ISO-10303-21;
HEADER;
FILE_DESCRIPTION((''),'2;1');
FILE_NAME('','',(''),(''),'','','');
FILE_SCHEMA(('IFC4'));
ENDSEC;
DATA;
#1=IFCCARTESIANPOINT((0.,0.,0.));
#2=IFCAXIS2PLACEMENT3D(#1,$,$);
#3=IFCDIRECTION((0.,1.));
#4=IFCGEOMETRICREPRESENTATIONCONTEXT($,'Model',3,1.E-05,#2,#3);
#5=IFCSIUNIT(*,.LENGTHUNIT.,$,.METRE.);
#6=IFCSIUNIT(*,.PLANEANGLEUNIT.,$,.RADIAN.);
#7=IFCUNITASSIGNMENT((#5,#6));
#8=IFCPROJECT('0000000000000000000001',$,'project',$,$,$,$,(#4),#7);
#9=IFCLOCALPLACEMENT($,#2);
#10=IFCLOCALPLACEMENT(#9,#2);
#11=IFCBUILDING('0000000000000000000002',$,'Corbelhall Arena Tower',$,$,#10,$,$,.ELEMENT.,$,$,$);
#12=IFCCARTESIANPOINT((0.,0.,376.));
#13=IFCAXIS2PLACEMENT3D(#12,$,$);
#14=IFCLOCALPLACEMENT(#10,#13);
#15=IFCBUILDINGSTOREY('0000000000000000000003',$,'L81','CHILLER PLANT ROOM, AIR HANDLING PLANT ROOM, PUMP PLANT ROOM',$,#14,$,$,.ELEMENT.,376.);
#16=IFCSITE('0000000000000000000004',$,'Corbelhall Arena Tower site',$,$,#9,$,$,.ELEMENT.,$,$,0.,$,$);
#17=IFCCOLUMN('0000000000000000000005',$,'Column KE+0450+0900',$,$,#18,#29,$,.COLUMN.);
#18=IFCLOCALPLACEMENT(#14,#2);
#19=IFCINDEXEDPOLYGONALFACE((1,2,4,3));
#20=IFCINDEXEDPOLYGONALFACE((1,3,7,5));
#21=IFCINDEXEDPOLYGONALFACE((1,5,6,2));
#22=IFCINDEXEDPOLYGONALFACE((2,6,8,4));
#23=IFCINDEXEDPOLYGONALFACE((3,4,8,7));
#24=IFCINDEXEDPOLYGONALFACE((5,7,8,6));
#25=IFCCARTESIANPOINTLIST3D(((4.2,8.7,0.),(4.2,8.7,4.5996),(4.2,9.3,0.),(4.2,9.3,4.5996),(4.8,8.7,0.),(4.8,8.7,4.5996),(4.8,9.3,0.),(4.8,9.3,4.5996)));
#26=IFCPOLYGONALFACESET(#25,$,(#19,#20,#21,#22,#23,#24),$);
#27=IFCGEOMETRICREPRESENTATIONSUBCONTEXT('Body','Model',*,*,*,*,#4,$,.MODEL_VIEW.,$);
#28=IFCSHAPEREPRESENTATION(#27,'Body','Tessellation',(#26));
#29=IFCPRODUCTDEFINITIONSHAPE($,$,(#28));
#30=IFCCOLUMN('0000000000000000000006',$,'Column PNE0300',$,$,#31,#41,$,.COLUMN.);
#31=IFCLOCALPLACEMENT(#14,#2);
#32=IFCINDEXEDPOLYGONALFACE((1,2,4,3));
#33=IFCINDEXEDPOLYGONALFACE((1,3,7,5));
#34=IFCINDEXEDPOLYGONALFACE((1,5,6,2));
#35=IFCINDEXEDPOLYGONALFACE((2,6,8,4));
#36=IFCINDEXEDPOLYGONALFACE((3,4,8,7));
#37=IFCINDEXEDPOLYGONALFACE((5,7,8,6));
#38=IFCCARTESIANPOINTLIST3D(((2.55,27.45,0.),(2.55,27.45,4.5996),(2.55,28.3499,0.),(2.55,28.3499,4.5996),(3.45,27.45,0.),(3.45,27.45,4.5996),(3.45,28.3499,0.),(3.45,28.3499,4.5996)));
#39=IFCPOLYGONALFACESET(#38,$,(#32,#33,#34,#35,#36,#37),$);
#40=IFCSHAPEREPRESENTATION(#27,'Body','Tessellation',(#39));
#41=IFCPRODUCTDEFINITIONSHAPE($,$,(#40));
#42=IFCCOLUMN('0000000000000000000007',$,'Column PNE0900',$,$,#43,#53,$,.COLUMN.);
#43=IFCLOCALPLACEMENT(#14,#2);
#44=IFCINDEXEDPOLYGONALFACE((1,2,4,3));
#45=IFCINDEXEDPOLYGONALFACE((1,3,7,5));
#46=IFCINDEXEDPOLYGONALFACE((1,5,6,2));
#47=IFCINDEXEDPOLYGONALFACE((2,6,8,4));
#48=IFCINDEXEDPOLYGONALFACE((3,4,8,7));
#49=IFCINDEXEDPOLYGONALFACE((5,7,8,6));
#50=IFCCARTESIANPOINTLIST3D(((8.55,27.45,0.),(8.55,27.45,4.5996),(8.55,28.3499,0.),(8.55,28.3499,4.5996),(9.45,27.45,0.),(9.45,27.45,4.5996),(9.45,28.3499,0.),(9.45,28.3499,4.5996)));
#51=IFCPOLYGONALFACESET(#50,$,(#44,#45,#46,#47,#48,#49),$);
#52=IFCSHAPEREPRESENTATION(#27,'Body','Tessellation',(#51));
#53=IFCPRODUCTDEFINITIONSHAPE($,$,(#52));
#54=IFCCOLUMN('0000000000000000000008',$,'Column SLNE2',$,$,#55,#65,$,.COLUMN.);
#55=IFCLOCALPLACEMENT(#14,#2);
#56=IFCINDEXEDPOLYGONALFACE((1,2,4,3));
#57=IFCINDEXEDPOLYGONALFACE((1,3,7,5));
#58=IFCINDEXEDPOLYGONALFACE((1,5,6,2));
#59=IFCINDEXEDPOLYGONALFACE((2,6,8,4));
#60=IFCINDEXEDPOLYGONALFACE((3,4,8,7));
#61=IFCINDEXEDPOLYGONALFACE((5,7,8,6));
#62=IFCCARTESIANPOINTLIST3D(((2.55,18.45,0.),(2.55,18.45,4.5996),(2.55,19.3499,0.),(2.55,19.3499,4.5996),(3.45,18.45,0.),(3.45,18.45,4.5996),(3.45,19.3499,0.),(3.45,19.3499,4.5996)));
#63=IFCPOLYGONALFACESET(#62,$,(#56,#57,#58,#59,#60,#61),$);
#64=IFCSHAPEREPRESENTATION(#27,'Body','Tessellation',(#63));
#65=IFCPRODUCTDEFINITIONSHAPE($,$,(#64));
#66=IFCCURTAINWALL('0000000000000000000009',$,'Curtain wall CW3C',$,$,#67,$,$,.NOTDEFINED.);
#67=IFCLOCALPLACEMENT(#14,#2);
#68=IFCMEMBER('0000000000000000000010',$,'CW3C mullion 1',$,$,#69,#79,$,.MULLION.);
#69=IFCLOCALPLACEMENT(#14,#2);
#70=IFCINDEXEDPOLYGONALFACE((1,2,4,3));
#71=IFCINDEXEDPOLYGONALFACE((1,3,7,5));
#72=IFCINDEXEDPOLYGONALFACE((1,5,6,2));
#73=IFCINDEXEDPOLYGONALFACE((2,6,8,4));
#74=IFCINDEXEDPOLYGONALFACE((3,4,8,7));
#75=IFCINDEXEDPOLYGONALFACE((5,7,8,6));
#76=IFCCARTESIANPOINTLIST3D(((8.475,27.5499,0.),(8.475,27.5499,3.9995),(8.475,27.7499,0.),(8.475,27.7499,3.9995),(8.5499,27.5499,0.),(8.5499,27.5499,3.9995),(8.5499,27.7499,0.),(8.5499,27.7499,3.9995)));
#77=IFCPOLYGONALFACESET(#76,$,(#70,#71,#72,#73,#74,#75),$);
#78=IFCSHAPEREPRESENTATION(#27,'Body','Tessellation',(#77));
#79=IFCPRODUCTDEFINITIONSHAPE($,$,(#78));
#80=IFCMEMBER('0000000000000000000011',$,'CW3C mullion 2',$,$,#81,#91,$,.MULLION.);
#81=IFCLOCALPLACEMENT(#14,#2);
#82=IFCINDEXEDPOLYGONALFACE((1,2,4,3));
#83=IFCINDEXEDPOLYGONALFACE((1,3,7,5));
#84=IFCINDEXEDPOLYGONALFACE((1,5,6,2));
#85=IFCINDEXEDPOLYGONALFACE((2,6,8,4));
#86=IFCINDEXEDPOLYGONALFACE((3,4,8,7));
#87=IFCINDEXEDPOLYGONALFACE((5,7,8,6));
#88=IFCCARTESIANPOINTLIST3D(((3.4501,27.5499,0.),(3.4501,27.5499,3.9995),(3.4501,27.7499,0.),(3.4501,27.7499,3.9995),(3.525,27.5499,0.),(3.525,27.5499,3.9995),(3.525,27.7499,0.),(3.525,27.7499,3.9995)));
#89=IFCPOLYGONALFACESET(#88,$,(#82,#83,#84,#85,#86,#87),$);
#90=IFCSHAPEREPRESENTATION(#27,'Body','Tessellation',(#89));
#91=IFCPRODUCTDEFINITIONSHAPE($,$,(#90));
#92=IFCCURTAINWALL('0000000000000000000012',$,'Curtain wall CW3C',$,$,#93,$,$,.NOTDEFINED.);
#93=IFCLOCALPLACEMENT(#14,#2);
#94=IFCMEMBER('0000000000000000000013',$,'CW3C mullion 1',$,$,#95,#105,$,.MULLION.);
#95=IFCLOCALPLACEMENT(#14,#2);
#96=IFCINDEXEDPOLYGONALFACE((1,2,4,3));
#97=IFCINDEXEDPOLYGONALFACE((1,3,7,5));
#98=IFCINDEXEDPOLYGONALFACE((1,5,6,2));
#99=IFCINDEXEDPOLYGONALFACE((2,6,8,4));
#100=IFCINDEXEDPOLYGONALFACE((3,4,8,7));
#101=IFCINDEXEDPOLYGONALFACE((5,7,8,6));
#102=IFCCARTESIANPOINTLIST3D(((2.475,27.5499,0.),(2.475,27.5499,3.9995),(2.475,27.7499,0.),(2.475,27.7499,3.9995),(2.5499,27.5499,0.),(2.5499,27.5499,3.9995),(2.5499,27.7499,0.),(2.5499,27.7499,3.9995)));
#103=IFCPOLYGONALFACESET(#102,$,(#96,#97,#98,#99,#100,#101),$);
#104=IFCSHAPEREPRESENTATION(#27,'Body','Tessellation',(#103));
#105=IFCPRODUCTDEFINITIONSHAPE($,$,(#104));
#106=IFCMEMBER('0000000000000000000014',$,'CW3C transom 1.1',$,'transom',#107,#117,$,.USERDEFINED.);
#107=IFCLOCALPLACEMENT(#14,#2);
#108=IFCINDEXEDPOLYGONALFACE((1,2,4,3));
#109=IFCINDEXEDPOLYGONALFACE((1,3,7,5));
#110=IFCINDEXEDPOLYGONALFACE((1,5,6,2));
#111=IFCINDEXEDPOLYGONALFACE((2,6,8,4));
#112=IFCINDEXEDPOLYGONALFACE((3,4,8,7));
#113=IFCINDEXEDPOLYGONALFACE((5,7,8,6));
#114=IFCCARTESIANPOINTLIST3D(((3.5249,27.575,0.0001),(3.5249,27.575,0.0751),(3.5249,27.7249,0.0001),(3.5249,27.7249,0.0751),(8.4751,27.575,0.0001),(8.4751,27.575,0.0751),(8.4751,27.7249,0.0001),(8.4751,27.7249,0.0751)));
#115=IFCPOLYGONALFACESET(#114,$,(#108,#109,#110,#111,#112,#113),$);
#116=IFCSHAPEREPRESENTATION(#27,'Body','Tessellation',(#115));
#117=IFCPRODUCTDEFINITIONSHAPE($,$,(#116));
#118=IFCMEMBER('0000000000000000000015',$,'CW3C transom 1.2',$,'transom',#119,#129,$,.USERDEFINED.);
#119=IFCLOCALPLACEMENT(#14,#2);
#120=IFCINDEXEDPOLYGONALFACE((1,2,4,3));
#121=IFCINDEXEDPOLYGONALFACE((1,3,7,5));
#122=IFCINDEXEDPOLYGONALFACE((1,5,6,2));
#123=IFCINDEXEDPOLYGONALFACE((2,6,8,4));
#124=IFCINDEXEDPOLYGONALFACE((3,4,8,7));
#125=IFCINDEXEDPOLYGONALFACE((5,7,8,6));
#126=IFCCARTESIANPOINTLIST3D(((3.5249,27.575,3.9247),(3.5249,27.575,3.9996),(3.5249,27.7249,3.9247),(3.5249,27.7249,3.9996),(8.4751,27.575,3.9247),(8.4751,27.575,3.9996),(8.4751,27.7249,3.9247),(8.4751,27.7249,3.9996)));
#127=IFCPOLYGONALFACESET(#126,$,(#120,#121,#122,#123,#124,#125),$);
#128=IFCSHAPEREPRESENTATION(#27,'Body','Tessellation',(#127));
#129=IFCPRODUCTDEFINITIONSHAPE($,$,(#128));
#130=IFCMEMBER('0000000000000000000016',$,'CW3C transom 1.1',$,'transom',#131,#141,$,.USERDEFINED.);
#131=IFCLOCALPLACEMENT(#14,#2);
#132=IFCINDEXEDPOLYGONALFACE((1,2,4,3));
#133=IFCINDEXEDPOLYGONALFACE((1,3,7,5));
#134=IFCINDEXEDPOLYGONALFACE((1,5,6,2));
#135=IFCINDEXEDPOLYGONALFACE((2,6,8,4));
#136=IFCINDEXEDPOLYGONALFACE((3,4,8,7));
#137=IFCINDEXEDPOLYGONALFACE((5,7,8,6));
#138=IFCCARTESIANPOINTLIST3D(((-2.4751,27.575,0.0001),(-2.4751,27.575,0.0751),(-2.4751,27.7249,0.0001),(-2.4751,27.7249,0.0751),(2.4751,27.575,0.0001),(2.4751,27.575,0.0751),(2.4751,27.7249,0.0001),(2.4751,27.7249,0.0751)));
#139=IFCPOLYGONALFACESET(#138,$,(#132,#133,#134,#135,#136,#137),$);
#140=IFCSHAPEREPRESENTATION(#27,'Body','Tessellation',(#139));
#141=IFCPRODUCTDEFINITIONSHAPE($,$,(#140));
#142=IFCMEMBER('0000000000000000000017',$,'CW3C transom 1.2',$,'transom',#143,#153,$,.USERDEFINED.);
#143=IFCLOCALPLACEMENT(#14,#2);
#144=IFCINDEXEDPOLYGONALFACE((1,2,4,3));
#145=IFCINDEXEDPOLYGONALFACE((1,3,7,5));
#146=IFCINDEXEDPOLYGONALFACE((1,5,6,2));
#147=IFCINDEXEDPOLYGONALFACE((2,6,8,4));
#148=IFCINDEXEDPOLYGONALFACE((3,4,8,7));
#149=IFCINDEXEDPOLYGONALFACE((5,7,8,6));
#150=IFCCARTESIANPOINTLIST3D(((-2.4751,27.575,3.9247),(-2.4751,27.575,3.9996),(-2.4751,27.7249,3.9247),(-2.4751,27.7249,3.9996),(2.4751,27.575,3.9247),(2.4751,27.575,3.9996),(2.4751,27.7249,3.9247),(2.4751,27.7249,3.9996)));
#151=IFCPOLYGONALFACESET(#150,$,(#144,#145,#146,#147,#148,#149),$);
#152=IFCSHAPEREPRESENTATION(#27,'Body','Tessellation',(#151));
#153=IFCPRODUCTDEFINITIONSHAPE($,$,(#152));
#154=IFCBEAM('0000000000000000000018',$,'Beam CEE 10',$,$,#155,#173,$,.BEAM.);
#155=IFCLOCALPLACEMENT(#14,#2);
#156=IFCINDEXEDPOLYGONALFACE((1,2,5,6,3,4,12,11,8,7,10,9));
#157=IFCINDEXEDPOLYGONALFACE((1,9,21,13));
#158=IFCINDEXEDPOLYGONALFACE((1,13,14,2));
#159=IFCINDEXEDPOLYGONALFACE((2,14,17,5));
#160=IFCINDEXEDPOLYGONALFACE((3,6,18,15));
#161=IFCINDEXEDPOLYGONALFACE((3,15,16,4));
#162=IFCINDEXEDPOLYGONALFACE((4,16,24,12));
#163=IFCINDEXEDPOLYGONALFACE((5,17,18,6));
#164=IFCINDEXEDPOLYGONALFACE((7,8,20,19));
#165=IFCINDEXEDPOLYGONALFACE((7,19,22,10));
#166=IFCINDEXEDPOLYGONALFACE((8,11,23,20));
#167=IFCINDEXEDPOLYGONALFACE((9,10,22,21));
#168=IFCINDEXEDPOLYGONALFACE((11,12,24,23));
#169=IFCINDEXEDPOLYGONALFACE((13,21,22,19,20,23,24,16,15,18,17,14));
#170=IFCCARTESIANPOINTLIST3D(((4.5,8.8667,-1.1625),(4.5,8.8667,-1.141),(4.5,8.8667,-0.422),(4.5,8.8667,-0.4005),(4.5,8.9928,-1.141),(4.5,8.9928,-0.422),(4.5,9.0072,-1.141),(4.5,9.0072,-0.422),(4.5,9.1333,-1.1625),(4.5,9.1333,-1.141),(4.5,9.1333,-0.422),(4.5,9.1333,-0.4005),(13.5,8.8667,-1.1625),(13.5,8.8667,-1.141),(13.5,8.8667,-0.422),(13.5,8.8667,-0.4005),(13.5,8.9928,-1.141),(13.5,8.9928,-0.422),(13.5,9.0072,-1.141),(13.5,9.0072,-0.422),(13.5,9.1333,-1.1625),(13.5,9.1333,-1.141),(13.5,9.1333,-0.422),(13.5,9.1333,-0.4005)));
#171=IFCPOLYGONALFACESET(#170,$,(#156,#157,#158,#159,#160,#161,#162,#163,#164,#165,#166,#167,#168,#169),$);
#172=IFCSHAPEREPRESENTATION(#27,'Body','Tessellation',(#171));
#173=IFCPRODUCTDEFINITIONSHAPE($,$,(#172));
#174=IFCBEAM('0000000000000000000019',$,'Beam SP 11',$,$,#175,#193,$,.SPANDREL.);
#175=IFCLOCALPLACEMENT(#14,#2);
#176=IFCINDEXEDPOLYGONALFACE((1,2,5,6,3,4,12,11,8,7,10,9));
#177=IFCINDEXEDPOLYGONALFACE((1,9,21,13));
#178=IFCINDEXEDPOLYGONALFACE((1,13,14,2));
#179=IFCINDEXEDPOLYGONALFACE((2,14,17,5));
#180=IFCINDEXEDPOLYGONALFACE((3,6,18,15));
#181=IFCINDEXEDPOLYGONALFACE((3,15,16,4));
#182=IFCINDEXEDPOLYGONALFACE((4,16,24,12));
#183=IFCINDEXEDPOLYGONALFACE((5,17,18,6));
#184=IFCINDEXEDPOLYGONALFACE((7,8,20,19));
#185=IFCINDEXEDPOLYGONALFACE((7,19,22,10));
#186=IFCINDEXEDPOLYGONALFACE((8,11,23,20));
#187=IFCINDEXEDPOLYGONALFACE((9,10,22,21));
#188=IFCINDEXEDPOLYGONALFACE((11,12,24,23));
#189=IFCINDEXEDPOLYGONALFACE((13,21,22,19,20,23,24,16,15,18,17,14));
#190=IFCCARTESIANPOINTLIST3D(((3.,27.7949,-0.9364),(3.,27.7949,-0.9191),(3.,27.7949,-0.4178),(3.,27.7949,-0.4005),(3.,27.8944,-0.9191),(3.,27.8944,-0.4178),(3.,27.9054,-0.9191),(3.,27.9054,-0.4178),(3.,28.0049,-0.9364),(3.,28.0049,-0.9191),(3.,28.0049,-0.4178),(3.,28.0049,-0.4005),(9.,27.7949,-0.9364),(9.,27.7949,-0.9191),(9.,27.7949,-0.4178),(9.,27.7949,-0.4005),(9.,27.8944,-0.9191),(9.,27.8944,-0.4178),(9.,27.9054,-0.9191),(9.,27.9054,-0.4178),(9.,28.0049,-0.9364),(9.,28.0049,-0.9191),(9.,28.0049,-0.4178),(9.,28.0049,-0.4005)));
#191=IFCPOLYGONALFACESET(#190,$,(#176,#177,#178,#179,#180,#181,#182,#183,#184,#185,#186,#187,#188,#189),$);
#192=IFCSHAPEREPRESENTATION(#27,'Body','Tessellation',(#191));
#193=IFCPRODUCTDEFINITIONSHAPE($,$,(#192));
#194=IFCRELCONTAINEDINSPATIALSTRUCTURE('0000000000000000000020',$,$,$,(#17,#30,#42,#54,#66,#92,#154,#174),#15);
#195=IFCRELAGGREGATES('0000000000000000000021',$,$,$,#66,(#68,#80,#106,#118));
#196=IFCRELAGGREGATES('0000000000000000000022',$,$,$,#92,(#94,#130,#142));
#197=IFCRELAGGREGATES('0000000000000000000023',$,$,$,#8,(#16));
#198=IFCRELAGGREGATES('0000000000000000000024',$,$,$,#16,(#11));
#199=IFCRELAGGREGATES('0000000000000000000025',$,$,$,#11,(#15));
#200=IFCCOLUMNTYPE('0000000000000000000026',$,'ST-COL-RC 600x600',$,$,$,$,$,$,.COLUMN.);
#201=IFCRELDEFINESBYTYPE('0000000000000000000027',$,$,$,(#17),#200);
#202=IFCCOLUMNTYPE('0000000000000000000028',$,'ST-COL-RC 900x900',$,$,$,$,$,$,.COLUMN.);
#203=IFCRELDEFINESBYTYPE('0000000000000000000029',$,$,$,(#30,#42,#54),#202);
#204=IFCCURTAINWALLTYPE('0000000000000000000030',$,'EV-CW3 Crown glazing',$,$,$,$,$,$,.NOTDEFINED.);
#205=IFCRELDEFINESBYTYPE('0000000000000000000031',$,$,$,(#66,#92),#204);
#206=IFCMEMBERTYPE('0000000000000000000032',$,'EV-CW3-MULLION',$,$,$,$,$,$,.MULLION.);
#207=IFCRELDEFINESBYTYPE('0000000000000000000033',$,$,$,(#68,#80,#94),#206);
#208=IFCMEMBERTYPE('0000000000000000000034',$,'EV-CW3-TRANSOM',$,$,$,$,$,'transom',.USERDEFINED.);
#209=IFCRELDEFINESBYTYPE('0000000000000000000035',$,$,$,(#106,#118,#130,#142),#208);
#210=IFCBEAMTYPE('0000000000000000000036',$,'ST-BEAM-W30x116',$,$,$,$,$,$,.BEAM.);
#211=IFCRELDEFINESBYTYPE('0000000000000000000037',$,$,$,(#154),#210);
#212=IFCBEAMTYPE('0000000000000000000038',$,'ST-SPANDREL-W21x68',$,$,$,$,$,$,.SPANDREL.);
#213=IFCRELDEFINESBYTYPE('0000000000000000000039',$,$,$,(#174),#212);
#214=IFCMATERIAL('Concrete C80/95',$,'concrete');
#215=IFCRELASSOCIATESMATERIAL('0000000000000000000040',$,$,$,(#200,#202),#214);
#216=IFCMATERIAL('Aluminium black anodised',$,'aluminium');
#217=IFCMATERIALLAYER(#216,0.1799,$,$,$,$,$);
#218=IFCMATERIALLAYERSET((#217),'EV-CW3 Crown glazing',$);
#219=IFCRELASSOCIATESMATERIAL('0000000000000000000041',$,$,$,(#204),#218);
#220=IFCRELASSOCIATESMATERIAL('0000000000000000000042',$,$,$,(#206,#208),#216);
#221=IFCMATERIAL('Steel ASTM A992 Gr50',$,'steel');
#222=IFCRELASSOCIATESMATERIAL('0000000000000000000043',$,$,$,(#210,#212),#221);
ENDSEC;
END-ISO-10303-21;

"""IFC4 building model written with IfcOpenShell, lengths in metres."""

from ifc_helpers import new_model, si_unit, direction, frame, origin, origin_2d, place, context, subcontext, project, spatial, rectangle, i_section, extrude, material, layer, layer_set, material_profile, profile_set, type_object, element, aggregate, save


model = new_model("IFC4")

# Units and contexts
model_context = context("Model", 3, precision=1e-05, world=origin(), true_north=direction((0.0, 1.0)))
body_context = subcontext(model_context, "Body", "Model", "MODEL_VIEW")
ifc_project = project(units=[si_unit("LENGTHUNIT", "METRE"), si_unit("PLANEANGLEUNIT", "RADIAN")], contexts=[model_context])

# Site, building, storey
site_placement = place(None, origin())
site = spatial("IfcSite", under=ifc_project, at=site_placement, Name="Corbelhall Arena Tower site", CompositionType="ELEMENT", RefElevation=0.0)
building_placement = place(site_placement, origin())
building = spatial("IfcBuilding", under=site, at=building_placement, Name="Corbelhall Arena Tower", CompositionType="ELEMENT")
storey_placement = place(building_placement, frame((0.0, 0.0, 376.0)))
storey = spatial("IfcBuildingStorey", under=building, at=storey_placement, Name="L81", Description="CHILLER PLANT ROOM, AIR HANDLING PLANT ROOM, PUMP PLANT ROOM", CompositionType="ELEMENT", Elevation=376.0)

# Columns
ifc_material_1 = material(Name="Concrete C80/95", Category="concrete")
ifc_material_profile_1 = material_profile(ifc_material_1, rectangle(XDim=0.6001, YDim=0.6001, at=origin_2d()))
ifc_profile_set_1 = profile_set([ifc_material_profile_1], Name="Concrete C80/95")
column_type_1 = type_object("IfcColumnType", Name="ST-COL-RC 600x600", PredefinedType="COLUMN", material=ifc_profile_set_1)
column_placement = place(storey_placement, frame((4.5, 9.0, 0.0), z_axis=(0.0, 0.0, 1.0), x_axis=(1.0, 0.0, 0.0)))
element("IfcColumn", 1, at=column_placement, inside=storey, type_object=column_type_1, Name="Column KE+0450+0900", PredefinedType="COLUMN", context=body_context, shape_type="SweptSolid", body=[
    extrude(rectangle(XDim=0.6001, YDim=0.6001, at=origin_2d()), origin(), (0.0, 0.0, 1.0), 4.5996),
])
ifc_material_profile_2 = material_profile(ifc_material_1, rectangle(XDim=0.8999, YDim=0.8999, at=origin_2d()))
ifc_profile_set_2 = profile_set([ifc_material_profile_2], Name="Concrete C80/95")
column_type_2 = type_object("IfcColumnType", Name="ST-COL-RC 900x900", PredefinedType="COLUMN", material=ifc_profile_set_2)
for number, where, z_axis, x_axis, name in (
    (2, (3.0, 27.8999, 0.0), (0.0, 0.0, 1.0), (1.0, 0.0, 0.0), "Column PNE0300"),
    (3, (9.0, 27.8999, 0.0), (0.0, 0.0, 1.0), (1.0, 0.0, 0.0), "Column PNE0900"),
    (4, (3.0, 18.8999, 0.0), (0.0, 0.0, 1.0), (1.0, 0.0, 0.0), "Column SLNE2"),
):
    element("IfcColumn", number, at=place(storey_placement, frame(where, z_axis=z_axis, x_axis=x_axis)), inside=storey, type_object=column_type_2, Name=name, PredefinedType="COLUMN", context=body_context, shape_type="SweptSolid", body=[
        extrude(rectangle(XDim=0.8999, YDim=0.8999, at=origin_2d()), origin(), (0.0, 0.0, 1.0), 4.5996),
    ])

# Curtain wall, members
ifc_material_2 = material(Name="Aluminium black anodised", Category="aluminium")
ifc_layer_1 = layer(ifc_material_2, 0.1799)
ifc_layer_set_1 = layer_set([ifc_layer_1], Name="EV-CW3 Crown glazing")
curtain_wall_type = type_object("IfcCurtainWallType", Name="EV-CW3 Crown glazing", PredefinedType="NOTDEFINED", material=ifc_layer_set_1)
curtain_wall_1_placement = place(storey_placement, origin())
curtain_wall_1 = element("IfcCurtainWall", 5, at=curtain_wall_1_placement, inside=storey, type_object=curtain_wall_type, Name="Curtain wall CW3C", PredefinedType="NOTDEFINED")
ifc_material_profile_3 = material_profile(ifc_material_2, rectangle(XDim=0.2, YDim=0.075, at=origin_2d()))
ifc_profile_set_3 = profile_set([ifc_material_profile_3], Name="Aluminium black anodised")
member_type_1 = type_object("IfcMemberType", Name="EV-CW3-MULLION", PredefinedType="MULLION", material=ifc_profile_set_3)
member_1_placement = place(storey_placement, frame((8.5125, 27.6499, 0.0), z_axis=(0.0, 0.0, 1.0), x_axis=(0.0, -1.0, 0.0)))
member_1 = element("IfcMember", 6, at=member_1_placement, type_object=member_type_1, Name="CW3C mullion 1", PredefinedType="MULLION", context=body_context, shape_type="SweptSolid", body=[
    extrude(rectangle(XDim=0.2, YDim=0.075, at=origin_2d()), origin(), (0.0, 0.0, 1.0), 3.9995),
])
member_2_placement = place(storey_placement, frame((3.4875, 27.6499, 0.0), z_axis=(0.0, 0.0, 1.0), x_axis=(0.0, -1.0, 0.0)))
member_2 = element("IfcMember", 7, at=member_2_placement, type_object=member_type_1, Name="CW3C mullion 2", PredefinedType="MULLION", context=body_context, shape_type="SweptSolid", body=[
    extrude(rectangle(XDim=0.2, YDim=0.075, at=origin_2d()), origin(), (0.0, 0.0, 1.0), 3.9995),
])

# Curtain wall, member
curtain_wall_2_placement = place(storey_placement, origin())
curtain_wall_2 = element("IfcCurtainWall", 8, at=curtain_wall_2_placement, inside=storey, type_object=curtain_wall_type, Name="Curtain wall CW3C", PredefinedType="NOTDEFINED")
member_3_placement = place(storey_placement, frame((2.5125, 27.6499, 0.0), z_axis=(0.0, 0.0, 1.0), x_axis=(0.0, -1.0, 0.0)))
member_3 = element("IfcMember", 9, at=member_3_placement, type_object=member_type_1, Name="CW3C mullion 1", PredefinedType="MULLION", context=body_context, shape_type="SweptSolid", body=[
    extrude(rectangle(XDim=0.2, YDim=0.075, at=origin_2d()), origin(), (0.0, 0.0, 1.0), 3.9995),
])

# Members
ifc_material_profile_4 = material_profile(ifc_material_2, rectangle(XDim=0.1499, YDim=0.075, at=origin_2d()))
ifc_profile_set_4 = profile_set([ifc_material_profile_4], Name="Aluminium black anodised")
member_type_2 = type_object("IfcMemberType", Name="EV-CW3-TRANSOM", ElementType="transom", PredefinedType="USERDEFINED", material=ifc_profile_set_4)
member_4_placement = place(storey_placement, frame((8.4751, 27.6499, 0.0376), z_axis=(-1.0, 0.0, 0.0), x_axis=(0.0, -1.0, 0.0)))
member_4 = element("IfcMember", 10, at=member_4_placement, type_object=member_type_2, Name="CW3C transom 1.1", ObjectType="transom", PredefinedType="USERDEFINED", context=body_context, shape_type="SweptSolid", body=[
    extrude(rectangle(XDim=0.1499, YDim=0.075, at=origin_2d()), origin(), (0.0, 0.0, 1.0), 4.9502),
])
member_5_placement = place(storey_placement, frame((8.4751, 27.6499, 3.9622), z_axis=(-1.0, 0.0, 0.0), x_axis=(0.0, -1.0, 0.0)))
member_5 = element("IfcMember", 11, at=member_5_placement, type_object=member_type_2, Name="CW3C transom 1.2", ObjectType="transom", PredefinedType="USERDEFINED", context=body_context, shape_type="SweptSolid", body=[
    extrude(rectangle(XDim=0.1499, YDim=0.075, at=origin_2d()), origin(), (0.0, 0.0, 1.0), 4.9502),
])
member_6_placement = place(storey_placement, frame((2.4751, 27.6499, 0.0376), z_axis=(-1.0, 0.0, 0.0), x_axis=(0.0, -1.0, 0.0)))
member_6 = element("IfcMember", 12, at=member_6_placement, type_object=member_type_2, Name="CW3C transom 1.1", ObjectType="transom", PredefinedType="USERDEFINED", context=body_context, shape_type="SweptSolid", body=[
    extrude(rectangle(XDim=0.1499, YDim=0.075, at=origin_2d()), origin(), (0.0, 0.0, 1.0), 4.9502),
])
member_7_placement = place(storey_placement, frame((2.4751, 27.6499, 3.9622), z_axis=(-1.0, 0.0, 0.0), x_axis=(0.0, -1.0, 0.0)))
member_7 = element("IfcMember", 13, at=member_7_placement, type_object=member_type_2, Name="CW3C transom 1.2", ObjectType="transom", PredefinedType="USERDEFINED", context=body_context, shape_type="SweptSolid", body=[
    extrude(rectangle(XDim=0.1499, YDim=0.075, at=origin_2d()), origin(), (0.0, 0.0, 1.0), 4.9502),
])

# Beams
ifc_material_3 = material(Name="Steel ASTM A992 Gr50", Category="steel")
ifc_material_profile_5 = material_profile(ifc_material_3, i_section(OverallWidth=0.2666, OverallDepth=0.762, WebThickness=0.0144, FlangeThickness=0.0215, at=origin_2d()))
ifc_profile_set_5 = profile_set([ifc_material_profile_5], Name="Steel ASTM A992 Gr50")
beam_type_1 = type_object("IfcBeamType", Name="ST-BEAM-W30x116", PredefinedType="BEAM", material=ifc_profile_set_5)
beam_1_placement = place(storey_placement, frame((4.5, 9.0, -0.7815), z_axis=(1.0, 0.0, 0.0), x_axis=(0.0, 1.0, 0.0)))
element("IfcBeam", 14, at=beam_1_placement, inside=storey, type_object=beam_type_1, Name="Beam CEE 10", PredefinedType="BEAM", context=body_context, shape_type="SweptSolid", body=[
    extrude(i_section(OverallWidth=0.2666, OverallDepth=0.762, WebThickness=0.0144, FlangeThickness=0.0215, at=origin_2d()), origin(), (0.0, 0.0, 1.0), 9.0),
])
ifc_material_profile_6 = material_profile(ifc_material_3, i_section(OverallWidth=0.21, OverallDepth=0.5359, WebThickness=0.011, FlangeThickness=0.0173, at=origin_2d()))
ifc_profile_set_6 = profile_set([ifc_material_profile_6], Name="Steel ASTM A992 Gr50")
beam_type_2 = type_object("IfcBeamType", Name="ST-SPANDREL-W21x68", PredefinedType="SPANDREL", material=ifc_profile_set_6)
beam_2_placement = place(storey_placement, frame((3.0, 27.8999, -0.6685), z_axis=(1.0, 0.0, 0.0), x_axis=(0.0, 1.0, 0.0)))
element("IfcBeam", 15, at=beam_2_placement, inside=storey, type_object=beam_type_2, Name="Beam SP 11", PredefinedType="SPANDREL", context=body_context, shape_type="SweptSolid", body=[
    extrude(i_section(OverallWidth=0.21, OverallDepth=0.5359, WebThickness=0.011, FlangeThickness=0.0173, at=origin_2d()), origin(), (0.0, 0.0, 1.0), 6.0),
])

aggregate(curtain_wall_1, [member_1, member_2, member_4, member_5])
aggregate(curtain_wall_2, [member_3, member_6, member_7])

save(model, "model.ifc")
